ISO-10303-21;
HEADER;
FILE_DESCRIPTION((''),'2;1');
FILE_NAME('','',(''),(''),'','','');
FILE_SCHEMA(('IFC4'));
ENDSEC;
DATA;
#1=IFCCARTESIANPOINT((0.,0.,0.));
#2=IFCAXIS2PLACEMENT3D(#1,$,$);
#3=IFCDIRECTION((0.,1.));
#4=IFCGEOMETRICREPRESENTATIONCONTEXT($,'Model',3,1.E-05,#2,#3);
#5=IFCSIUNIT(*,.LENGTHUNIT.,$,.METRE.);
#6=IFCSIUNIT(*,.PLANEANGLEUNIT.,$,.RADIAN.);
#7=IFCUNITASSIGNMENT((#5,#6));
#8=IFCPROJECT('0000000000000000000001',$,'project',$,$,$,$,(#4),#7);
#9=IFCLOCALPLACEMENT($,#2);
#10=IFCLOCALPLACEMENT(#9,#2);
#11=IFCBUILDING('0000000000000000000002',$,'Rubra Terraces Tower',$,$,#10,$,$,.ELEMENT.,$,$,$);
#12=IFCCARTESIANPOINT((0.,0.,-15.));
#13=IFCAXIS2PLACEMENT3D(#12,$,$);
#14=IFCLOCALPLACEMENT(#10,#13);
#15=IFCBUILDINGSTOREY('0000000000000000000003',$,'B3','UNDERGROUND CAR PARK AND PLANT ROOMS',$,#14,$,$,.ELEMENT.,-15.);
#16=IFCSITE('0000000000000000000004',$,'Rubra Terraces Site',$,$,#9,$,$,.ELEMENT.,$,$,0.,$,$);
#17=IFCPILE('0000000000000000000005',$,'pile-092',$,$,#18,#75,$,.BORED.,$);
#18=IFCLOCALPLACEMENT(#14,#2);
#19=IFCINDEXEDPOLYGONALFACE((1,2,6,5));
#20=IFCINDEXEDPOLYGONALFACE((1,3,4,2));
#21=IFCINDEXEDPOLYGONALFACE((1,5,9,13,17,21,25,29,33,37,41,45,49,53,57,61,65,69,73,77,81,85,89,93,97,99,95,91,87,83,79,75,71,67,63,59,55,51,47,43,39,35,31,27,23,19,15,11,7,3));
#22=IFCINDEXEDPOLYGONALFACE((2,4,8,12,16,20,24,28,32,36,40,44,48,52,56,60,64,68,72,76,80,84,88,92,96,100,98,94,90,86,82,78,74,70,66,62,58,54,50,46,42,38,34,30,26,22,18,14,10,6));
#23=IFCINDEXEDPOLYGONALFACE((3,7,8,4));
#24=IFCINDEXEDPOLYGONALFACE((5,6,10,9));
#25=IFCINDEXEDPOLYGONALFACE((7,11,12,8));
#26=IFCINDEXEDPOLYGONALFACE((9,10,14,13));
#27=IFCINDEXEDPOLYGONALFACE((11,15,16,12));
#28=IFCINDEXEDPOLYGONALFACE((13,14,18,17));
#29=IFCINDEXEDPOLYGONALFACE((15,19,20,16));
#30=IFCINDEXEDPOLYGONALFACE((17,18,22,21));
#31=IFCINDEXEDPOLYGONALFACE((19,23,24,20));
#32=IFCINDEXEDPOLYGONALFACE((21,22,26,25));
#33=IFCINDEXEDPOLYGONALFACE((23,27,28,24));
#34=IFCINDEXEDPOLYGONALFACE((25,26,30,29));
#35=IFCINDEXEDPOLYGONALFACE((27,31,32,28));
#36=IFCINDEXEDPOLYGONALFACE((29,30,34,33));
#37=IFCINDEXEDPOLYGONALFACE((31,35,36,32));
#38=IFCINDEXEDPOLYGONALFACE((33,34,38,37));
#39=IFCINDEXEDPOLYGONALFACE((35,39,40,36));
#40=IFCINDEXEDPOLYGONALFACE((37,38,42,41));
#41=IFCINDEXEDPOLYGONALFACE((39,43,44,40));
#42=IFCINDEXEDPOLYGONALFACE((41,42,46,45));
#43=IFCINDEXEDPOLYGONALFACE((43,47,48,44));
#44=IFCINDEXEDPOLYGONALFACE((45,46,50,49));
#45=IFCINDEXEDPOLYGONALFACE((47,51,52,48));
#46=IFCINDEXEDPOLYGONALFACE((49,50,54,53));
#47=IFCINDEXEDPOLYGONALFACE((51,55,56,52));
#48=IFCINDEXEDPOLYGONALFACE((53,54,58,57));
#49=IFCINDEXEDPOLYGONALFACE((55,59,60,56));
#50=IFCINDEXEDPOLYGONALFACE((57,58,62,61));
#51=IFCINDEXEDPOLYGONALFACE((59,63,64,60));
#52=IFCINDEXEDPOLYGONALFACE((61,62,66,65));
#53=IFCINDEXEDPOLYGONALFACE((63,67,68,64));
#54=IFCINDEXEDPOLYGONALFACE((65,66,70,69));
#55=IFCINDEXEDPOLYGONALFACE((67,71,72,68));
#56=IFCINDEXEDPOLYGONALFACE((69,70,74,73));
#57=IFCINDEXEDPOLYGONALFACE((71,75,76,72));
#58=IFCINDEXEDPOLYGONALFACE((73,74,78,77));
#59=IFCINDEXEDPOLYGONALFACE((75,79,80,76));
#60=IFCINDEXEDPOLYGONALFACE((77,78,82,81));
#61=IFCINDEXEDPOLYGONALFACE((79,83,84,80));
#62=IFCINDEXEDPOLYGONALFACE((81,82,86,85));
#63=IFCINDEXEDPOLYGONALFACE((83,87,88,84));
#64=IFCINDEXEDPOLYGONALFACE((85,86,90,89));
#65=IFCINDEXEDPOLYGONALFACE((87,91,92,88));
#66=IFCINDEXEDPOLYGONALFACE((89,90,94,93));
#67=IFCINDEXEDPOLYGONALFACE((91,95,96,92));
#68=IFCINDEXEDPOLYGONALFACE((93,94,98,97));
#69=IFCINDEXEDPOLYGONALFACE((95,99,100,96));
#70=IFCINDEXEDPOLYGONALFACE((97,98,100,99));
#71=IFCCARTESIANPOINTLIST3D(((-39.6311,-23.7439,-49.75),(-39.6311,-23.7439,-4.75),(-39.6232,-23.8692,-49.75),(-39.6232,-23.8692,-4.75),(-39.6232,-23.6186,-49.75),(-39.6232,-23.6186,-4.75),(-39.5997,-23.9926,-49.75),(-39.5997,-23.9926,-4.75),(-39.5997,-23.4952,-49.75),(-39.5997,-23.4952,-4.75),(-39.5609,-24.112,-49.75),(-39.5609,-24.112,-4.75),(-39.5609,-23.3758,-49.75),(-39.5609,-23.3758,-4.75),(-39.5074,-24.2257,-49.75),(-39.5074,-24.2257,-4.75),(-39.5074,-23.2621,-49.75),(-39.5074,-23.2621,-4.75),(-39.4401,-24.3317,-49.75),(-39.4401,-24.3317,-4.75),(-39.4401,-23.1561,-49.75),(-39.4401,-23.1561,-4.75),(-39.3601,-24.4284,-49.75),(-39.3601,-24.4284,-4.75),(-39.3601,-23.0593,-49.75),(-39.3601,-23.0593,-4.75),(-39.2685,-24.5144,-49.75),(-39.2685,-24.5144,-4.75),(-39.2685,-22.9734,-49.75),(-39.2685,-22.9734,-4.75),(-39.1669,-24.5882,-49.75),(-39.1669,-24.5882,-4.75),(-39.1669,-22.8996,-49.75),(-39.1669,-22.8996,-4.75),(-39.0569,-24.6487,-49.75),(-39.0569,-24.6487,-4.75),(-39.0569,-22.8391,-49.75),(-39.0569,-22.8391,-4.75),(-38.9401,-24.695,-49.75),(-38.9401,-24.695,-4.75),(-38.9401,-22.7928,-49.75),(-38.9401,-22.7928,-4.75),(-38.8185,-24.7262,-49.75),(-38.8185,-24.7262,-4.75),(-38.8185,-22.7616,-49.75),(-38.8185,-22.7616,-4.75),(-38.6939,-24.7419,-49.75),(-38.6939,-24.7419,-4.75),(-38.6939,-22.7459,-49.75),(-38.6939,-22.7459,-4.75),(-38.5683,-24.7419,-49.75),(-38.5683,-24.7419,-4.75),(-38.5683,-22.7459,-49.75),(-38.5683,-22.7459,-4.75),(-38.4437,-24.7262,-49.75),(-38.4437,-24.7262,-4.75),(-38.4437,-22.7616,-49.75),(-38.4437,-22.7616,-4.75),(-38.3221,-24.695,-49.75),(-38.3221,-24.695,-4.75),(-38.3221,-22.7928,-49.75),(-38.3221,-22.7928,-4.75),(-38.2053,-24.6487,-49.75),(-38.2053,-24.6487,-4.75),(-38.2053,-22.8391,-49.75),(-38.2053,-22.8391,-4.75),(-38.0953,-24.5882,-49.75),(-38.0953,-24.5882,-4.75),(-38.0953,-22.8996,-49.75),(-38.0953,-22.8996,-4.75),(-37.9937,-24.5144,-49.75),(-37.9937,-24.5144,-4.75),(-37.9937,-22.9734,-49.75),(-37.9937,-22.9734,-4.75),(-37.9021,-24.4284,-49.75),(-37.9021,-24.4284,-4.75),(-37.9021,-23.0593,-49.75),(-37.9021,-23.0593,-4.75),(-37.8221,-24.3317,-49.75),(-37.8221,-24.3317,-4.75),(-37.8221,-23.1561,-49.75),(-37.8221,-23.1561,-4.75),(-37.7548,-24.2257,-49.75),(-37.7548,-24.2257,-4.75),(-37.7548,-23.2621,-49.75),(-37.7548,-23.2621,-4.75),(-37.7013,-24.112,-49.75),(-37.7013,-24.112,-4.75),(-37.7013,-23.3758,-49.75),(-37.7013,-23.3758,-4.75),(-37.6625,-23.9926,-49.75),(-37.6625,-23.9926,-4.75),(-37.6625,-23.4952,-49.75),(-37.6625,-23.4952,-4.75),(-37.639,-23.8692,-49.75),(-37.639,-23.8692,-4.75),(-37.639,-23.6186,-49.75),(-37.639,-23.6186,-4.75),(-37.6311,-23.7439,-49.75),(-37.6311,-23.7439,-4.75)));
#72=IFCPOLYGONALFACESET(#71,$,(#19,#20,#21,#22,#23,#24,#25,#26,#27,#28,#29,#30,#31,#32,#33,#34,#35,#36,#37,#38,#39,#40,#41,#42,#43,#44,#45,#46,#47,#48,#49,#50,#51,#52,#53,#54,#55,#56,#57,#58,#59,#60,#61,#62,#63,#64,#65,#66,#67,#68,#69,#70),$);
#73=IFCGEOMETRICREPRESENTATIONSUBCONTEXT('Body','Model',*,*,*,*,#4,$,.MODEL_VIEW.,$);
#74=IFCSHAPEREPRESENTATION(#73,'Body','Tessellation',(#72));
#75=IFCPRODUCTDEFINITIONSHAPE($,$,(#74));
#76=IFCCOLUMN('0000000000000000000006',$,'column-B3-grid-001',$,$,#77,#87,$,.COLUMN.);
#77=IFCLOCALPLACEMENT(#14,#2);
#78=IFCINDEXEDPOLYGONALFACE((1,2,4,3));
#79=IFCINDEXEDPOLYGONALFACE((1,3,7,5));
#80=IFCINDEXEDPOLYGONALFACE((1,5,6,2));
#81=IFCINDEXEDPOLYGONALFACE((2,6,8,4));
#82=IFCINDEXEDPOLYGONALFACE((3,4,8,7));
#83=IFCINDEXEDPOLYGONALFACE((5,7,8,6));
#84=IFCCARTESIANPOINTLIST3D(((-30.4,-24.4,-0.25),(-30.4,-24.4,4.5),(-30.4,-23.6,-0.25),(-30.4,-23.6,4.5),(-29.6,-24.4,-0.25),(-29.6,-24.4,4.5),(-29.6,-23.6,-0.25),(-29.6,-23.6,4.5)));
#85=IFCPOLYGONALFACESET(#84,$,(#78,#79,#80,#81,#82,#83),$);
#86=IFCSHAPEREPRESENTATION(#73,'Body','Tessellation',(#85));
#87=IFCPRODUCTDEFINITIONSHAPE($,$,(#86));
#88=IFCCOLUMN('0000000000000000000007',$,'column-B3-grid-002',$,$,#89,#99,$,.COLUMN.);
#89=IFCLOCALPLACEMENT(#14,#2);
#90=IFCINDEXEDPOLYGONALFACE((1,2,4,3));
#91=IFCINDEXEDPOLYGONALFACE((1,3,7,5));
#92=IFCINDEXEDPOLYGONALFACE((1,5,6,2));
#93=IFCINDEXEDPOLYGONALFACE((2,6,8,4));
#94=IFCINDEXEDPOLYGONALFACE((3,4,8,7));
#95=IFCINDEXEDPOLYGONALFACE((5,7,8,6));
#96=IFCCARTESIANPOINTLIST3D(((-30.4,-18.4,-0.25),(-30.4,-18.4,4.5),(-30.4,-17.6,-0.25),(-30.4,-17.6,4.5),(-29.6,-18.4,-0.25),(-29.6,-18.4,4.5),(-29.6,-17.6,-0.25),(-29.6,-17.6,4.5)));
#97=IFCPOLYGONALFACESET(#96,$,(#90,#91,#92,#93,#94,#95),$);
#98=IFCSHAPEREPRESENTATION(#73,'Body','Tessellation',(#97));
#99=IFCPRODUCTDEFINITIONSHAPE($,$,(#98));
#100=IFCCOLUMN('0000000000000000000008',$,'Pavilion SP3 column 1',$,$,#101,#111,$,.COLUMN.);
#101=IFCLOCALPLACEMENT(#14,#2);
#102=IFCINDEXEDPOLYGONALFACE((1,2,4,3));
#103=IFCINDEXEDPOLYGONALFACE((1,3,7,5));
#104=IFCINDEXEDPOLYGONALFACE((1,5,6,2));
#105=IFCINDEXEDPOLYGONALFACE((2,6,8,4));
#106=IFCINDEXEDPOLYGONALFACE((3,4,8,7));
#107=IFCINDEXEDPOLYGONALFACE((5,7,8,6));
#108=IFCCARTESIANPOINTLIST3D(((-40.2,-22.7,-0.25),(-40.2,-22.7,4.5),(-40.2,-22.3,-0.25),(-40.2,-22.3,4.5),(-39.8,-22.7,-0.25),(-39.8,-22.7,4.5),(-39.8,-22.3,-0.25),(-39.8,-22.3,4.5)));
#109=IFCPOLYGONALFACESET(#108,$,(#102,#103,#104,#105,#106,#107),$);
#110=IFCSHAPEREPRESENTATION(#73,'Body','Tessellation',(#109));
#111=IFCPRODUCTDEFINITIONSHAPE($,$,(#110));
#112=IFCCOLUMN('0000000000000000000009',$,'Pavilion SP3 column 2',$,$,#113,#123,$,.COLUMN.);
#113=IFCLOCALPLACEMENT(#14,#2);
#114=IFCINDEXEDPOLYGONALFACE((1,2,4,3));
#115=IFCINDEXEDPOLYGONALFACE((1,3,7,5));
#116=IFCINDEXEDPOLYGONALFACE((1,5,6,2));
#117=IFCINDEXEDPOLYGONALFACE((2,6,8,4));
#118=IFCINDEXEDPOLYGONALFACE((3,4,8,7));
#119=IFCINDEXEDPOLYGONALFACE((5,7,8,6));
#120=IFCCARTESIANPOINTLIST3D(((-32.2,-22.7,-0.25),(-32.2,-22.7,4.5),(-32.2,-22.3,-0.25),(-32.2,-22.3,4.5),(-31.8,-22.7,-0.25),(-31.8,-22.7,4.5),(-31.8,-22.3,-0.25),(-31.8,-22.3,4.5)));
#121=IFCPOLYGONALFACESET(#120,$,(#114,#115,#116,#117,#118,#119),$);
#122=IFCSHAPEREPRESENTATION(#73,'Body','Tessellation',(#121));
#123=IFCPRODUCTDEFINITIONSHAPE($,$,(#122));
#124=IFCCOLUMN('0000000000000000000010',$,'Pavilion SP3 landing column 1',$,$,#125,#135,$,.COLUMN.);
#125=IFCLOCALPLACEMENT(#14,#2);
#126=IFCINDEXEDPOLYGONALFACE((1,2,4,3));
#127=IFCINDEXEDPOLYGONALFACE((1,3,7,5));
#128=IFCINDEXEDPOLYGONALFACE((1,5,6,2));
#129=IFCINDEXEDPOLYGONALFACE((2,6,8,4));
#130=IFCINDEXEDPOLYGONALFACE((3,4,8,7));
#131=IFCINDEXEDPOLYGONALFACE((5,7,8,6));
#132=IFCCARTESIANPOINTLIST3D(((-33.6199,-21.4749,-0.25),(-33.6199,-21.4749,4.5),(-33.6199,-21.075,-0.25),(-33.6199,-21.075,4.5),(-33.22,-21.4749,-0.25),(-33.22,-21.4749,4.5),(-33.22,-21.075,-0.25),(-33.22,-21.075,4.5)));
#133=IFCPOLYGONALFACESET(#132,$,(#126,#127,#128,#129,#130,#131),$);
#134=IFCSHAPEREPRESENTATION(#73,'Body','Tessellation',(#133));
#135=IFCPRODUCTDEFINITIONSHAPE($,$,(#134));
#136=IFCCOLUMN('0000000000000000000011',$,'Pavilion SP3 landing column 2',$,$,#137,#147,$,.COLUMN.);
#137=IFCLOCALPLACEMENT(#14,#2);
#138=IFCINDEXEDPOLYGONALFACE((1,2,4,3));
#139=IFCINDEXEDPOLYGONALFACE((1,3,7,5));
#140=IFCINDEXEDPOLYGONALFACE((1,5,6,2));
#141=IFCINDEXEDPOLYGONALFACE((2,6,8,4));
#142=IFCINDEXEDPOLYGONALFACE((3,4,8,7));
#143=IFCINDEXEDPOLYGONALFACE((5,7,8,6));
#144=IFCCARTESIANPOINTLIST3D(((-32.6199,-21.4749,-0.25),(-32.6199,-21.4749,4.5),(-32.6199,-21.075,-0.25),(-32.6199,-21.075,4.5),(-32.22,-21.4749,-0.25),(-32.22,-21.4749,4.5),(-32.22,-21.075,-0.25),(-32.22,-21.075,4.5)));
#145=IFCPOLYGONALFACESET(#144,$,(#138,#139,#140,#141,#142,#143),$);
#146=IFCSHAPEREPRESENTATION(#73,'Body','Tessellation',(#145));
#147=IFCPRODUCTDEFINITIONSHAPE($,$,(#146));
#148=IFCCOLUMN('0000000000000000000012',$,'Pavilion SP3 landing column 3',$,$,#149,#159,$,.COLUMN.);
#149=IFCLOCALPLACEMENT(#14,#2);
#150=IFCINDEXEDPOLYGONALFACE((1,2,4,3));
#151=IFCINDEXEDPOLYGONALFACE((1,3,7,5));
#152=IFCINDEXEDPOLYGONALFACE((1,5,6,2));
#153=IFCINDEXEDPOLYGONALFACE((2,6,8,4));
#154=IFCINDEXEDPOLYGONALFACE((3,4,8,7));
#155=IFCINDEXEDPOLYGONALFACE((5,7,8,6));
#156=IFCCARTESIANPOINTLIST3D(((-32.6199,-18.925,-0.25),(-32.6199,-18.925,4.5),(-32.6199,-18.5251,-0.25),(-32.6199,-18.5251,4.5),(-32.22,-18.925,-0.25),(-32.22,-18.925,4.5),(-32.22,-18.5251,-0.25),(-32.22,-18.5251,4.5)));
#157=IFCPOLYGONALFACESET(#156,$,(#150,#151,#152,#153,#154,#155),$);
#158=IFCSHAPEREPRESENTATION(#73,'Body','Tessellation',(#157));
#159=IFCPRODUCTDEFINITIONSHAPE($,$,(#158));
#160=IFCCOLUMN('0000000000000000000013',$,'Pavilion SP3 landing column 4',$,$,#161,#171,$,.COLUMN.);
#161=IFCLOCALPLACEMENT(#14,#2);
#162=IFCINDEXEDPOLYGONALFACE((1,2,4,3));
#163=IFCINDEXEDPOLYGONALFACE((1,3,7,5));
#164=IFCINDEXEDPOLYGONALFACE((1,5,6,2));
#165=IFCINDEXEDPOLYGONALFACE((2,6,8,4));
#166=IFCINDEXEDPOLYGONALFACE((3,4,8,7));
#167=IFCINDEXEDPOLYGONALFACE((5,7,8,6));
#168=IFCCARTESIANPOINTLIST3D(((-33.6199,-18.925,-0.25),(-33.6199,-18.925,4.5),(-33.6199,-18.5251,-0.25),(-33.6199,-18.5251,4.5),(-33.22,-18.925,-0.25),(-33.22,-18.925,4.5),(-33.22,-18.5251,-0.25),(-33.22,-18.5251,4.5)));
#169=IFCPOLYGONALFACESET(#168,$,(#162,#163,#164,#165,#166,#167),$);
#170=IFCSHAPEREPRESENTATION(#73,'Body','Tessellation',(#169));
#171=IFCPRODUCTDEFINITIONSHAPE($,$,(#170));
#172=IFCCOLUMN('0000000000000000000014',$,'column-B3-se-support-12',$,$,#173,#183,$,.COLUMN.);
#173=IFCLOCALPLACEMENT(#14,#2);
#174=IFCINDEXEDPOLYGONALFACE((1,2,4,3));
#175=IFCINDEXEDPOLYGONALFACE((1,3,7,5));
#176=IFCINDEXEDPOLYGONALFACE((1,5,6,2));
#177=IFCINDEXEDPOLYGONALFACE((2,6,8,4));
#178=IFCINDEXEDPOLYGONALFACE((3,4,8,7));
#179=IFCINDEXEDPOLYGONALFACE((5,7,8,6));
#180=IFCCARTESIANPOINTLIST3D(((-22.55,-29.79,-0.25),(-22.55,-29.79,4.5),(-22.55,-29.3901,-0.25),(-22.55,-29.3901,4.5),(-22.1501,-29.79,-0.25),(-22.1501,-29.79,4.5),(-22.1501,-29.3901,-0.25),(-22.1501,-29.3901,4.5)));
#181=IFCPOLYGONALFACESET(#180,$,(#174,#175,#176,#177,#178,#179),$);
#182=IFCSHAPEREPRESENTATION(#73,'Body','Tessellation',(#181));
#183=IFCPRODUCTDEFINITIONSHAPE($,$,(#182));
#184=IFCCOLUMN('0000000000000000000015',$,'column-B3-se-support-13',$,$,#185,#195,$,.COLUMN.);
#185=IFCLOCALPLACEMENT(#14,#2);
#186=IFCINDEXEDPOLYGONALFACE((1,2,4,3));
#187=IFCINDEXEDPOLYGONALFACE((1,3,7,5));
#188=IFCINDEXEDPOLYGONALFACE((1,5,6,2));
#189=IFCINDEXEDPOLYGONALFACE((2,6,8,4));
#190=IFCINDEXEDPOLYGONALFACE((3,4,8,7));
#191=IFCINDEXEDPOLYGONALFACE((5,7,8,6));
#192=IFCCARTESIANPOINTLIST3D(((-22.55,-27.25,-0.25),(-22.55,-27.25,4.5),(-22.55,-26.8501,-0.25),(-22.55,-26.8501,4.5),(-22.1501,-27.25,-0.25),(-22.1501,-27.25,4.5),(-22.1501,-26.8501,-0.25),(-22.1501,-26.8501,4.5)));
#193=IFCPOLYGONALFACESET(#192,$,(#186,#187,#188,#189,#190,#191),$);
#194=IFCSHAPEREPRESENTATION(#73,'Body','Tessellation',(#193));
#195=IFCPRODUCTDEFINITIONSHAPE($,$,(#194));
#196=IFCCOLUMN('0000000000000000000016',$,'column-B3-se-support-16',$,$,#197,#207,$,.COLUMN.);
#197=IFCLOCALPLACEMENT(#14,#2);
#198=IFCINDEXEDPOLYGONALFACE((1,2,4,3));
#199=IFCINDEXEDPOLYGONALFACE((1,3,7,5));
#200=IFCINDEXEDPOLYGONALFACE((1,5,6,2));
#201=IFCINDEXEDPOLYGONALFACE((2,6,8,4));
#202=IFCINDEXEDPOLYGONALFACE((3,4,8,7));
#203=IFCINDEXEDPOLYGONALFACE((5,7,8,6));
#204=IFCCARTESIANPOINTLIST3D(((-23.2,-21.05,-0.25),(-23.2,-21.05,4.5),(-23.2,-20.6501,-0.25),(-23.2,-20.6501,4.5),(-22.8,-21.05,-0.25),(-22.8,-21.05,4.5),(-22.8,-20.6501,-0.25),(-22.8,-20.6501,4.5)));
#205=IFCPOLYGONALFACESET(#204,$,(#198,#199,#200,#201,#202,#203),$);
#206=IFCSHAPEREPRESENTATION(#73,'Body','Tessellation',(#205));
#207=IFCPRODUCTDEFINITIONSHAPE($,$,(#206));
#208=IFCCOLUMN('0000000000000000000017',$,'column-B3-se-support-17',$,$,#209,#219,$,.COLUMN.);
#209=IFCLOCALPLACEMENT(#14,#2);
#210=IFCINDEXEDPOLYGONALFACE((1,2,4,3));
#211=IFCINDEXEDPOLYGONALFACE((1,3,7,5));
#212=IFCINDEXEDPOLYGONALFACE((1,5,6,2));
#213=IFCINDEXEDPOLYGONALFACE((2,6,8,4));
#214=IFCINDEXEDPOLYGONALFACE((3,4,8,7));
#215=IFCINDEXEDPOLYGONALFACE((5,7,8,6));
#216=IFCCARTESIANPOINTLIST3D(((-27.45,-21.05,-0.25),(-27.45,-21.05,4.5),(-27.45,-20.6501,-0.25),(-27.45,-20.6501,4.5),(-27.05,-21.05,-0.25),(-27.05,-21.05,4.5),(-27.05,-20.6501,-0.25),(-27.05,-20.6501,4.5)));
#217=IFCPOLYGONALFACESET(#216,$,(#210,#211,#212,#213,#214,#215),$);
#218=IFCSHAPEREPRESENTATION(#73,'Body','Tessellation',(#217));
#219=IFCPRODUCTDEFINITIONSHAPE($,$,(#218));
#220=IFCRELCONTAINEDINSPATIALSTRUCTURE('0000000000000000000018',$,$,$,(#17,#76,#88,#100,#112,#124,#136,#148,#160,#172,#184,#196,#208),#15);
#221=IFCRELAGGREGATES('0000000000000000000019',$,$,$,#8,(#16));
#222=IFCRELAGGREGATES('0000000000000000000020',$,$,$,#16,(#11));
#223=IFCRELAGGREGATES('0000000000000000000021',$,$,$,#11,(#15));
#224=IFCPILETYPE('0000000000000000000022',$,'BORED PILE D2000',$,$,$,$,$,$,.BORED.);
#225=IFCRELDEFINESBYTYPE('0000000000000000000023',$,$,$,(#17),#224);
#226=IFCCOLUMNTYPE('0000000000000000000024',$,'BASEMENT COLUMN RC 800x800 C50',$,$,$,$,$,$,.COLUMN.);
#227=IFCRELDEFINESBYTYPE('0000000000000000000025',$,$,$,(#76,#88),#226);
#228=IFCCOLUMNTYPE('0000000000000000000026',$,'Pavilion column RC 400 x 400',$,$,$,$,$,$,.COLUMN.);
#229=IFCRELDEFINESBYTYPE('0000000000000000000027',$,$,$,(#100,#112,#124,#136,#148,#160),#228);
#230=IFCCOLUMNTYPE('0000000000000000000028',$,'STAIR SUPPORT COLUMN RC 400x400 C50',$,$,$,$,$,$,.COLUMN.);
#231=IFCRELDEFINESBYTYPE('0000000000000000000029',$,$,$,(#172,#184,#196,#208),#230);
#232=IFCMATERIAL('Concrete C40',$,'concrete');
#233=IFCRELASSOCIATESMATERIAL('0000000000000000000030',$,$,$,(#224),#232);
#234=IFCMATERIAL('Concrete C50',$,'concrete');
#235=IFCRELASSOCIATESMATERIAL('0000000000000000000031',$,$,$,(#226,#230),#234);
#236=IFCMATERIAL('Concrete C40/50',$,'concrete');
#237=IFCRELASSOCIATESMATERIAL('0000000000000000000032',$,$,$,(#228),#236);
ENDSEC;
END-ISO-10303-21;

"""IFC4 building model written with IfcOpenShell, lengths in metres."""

from ifc_helpers import new_model, si_unit, direction, frame, origin, origin_2d, place, context, subcontext, project, spatial, rectangle, circle, extrude, material, material_profile, profile_set, type_object, element, save


model = new_model("IFC4")

# Units and contexts
model_context = context("Model", 3, precision=1e-05, world=origin(), true_north=direction((0.0, 1.0)))
body_context = subcontext(model_context, "Body", "Model", "MODEL_VIEW")
ifc_project = project(units=[si_unit("LENGTHUNIT", "METRE"), si_unit("PLANEANGLEUNIT", "RADIAN")], contexts=[model_context])

# Site, building, storey
site_placement = place(None, origin())
site = spatial("IfcSite", under=ifc_project, at=site_placement, Name="Rubra Terraces Site", CompositionType="ELEMENT", RefElevation=0.0)
building_placement = place(site_placement, origin())
building = spatial("IfcBuilding", under=site, at=building_placement, Name="Rubra Terraces Tower", CompositionType="ELEMENT")
storey_placement = place(building_placement, frame((0.0, 0.0, -15.0)))
storey = spatial("IfcBuildingStorey", under=building, at=storey_placement, Name="B3", Description="UNDERGROUND CAR PARK AND PLANT ROOMS", CompositionType="ELEMENT", Elevation=-15.0)

# Pile
ifc_material_1 = material(Name="Concrete C40", Category="concrete")
ifc_material_profile_1 = material_profile(ifc_material_1, circle(Radius=1.0, at=origin_2d()), Name="BORED PILE D2000")
ifc_profile_set_1 = profile_set([ifc_material_profile_1], Name="Concrete C40")
pile_type = type_object("IfcPileType", Name="BORED PILE D2000", PredefinedType="BORED", material=ifc_profile_set_1)
for number, where, z_axis, x_axis, name in (
    (1, (-38.6311, -23.7439, -4.75), (0.0, 0.0, -1.0), (1.0, 0.0, 0.0), "pile-092"),
):
    element("IfcPile", number, at=place(storey_placement, frame(where, z_axis=z_axis, x_axis=x_axis)), inside=storey, type_object=pile_type, Name=name, PredefinedType="BORED", context=body_context, shape_type="SweptSolid", body=[
        extrude(circle(Radius=1.0, at=origin_2d()), origin(), (0.0, 0.0, 1.0), 45.0),
    ])

# Columns
ifc_material_2 = material(Name="Concrete C50", Category="concrete")
ifc_material_profile_2 = material_profile(ifc_material_2, rectangle(XDim=0.8, YDim=0.8, at=origin_2d()), Name="RC 800x800")
ifc_profile_set_2 = profile_set([ifc_material_profile_2], Name="Concrete C50")
column_type_1 = type_object("IfcColumnType", Name="BASEMENT COLUMN RC 800x800 C50", PredefinedType="COLUMN", material=ifc_profile_set_2)
for number, where, z_axis, x_axis, name in (
    (2, (-30.0, -24.0, -0.25), (0.0, 0.0, 1.0), (1.0, 0.0, 0.0), "column-B3-grid-001"),
    (3, (-30.0, -18.0, -0.25), (0.0, 0.0, 1.0), (1.0, 0.0, 0.0), "column-B3-grid-002"),
):
    element("IfcColumn", number, at=place(storey_placement, frame(where, z_axis=z_axis, x_axis=x_axis)), inside=storey, type_object=column_type_1, Name=name, PredefinedType="COLUMN", context=body_context, shape_type="SweptSolid", body=[
        extrude(rectangle(XDim=0.8, YDim=0.8, at=origin_2d()), origin(), (0.0, 0.0, 1.0), 4.75),
    ])
ifc_material_3 = material(Name="Concrete C40/50", Category="concrete")
ifc_material_profile_3 = material_profile(ifc_material_3, rectangle(XDim=0.3999, YDim=0.3999, at=origin_2d()), Name="RC 400x400")
ifc_profile_set_3 = profile_set([ifc_material_profile_3], Name="Concrete C40/50")
column_type_2 = type_object("IfcColumnType", Name="Pavilion column RC 400 x 400", PredefinedType="COLUMN", material=ifc_profile_set_3)
for number, where, z_axis, x_axis, name in (
    (4, (-40.0, -22.5, -0.25), (0.0, 0.0, 1.0), (1.0, 0.0, 0.0), "Pavilion SP3 column 1"),
    (5, (-32.0, -22.5, -0.25), (0.0, 0.0, 1.0), (1.0, 0.0, 0.0), "Pavilion SP3 column 2"),
    (6, (-33.4199, -21.2749, -0.25), (0.0, 0.0, 1.0), (1.0, 0.0, 0.0), "Pavilion SP3 landing column 1"),
    (7, (-32.4199, -21.2749, -0.25), (0.0, 0.0, 1.0), (1.0, 0.0, 0.0), "Pavilion SP3 landing column 2"),
    (8, (-32.4199, -18.7251, -0.25), (0.0, 0.0, 1.0), (1.0, 0.0, 0.0), "Pavilion SP3 landing column 3"),
    (9, (-33.4199, -18.7251, -0.25), (0.0, 0.0, 1.0), (1.0, 0.0, 0.0), "Pavilion SP3 landing column 4"),
):
    element("IfcColumn", number, at=place(storey_placement, frame(where, z_axis=z_axis, x_axis=x_axis)), inside=storey, type_object=column_type_2, Name=name, PredefinedType="COLUMN", context=body_context, shape_type="SweptSolid", body=[
        extrude(rectangle(XDim=0.3999, YDim=0.3999, at=origin_2d()), origin(), (0.0, 0.0, 1.0), 4.75),
    ])
ifc_material_profile_4 = material_profile(ifc_material_2, rectangle(XDim=0.3999, YDim=0.3999, at=origin_2d()), Name="RC 400x400")
ifc_profile_set_4 = profile_set([ifc_material_profile_4], Name="Concrete C50")
column_type_3 = type_object("IfcColumnType", Name="STAIR SUPPORT COLUMN RC 400x400 C50", PredefinedType="COLUMN", material=ifc_profile_set_4)
for number, where, z_axis, x_axis, name in (
    (10, (-22.3501, -29.5901, -0.25), (0.0, 0.0, 1.0), (1.0, 0.0, 0.0), "column-B3-se-support-12"),
    (11, (-22.3501, -27.05, -0.25), (0.0, 0.0, 1.0), (1.0, 0.0, 0.0), "column-B3-se-support-13"),
    (12, (-23.0, -20.8501, -0.25), (0.0, 0.0, 1.0), (1.0, 0.0, 0.0), "column-B3-se-support-16"),
    (13, (-27.25, -20.8501, -0.25), (0.0, 0.0, 1.0), (1.0, 0.0, 0.0), "column-B3-se-support-17"),
):
    element("IfcColumn", number, at=place(storey_placement, frame(where, z_axis=z_axis, x_axis=x_axis)), inside=storey, type_object=column_type_3, Name=name, PredefinedType="COLUMN", context=body_context, shape_type="SweptSolid", body=[
        extrude(rectangle(XDim=0.3999, YDim=0.3999, at=origin_2d()), origin(), (0.0, 0.0, 1.0), 4.75),
    ])

save(model, "model.ifc")
